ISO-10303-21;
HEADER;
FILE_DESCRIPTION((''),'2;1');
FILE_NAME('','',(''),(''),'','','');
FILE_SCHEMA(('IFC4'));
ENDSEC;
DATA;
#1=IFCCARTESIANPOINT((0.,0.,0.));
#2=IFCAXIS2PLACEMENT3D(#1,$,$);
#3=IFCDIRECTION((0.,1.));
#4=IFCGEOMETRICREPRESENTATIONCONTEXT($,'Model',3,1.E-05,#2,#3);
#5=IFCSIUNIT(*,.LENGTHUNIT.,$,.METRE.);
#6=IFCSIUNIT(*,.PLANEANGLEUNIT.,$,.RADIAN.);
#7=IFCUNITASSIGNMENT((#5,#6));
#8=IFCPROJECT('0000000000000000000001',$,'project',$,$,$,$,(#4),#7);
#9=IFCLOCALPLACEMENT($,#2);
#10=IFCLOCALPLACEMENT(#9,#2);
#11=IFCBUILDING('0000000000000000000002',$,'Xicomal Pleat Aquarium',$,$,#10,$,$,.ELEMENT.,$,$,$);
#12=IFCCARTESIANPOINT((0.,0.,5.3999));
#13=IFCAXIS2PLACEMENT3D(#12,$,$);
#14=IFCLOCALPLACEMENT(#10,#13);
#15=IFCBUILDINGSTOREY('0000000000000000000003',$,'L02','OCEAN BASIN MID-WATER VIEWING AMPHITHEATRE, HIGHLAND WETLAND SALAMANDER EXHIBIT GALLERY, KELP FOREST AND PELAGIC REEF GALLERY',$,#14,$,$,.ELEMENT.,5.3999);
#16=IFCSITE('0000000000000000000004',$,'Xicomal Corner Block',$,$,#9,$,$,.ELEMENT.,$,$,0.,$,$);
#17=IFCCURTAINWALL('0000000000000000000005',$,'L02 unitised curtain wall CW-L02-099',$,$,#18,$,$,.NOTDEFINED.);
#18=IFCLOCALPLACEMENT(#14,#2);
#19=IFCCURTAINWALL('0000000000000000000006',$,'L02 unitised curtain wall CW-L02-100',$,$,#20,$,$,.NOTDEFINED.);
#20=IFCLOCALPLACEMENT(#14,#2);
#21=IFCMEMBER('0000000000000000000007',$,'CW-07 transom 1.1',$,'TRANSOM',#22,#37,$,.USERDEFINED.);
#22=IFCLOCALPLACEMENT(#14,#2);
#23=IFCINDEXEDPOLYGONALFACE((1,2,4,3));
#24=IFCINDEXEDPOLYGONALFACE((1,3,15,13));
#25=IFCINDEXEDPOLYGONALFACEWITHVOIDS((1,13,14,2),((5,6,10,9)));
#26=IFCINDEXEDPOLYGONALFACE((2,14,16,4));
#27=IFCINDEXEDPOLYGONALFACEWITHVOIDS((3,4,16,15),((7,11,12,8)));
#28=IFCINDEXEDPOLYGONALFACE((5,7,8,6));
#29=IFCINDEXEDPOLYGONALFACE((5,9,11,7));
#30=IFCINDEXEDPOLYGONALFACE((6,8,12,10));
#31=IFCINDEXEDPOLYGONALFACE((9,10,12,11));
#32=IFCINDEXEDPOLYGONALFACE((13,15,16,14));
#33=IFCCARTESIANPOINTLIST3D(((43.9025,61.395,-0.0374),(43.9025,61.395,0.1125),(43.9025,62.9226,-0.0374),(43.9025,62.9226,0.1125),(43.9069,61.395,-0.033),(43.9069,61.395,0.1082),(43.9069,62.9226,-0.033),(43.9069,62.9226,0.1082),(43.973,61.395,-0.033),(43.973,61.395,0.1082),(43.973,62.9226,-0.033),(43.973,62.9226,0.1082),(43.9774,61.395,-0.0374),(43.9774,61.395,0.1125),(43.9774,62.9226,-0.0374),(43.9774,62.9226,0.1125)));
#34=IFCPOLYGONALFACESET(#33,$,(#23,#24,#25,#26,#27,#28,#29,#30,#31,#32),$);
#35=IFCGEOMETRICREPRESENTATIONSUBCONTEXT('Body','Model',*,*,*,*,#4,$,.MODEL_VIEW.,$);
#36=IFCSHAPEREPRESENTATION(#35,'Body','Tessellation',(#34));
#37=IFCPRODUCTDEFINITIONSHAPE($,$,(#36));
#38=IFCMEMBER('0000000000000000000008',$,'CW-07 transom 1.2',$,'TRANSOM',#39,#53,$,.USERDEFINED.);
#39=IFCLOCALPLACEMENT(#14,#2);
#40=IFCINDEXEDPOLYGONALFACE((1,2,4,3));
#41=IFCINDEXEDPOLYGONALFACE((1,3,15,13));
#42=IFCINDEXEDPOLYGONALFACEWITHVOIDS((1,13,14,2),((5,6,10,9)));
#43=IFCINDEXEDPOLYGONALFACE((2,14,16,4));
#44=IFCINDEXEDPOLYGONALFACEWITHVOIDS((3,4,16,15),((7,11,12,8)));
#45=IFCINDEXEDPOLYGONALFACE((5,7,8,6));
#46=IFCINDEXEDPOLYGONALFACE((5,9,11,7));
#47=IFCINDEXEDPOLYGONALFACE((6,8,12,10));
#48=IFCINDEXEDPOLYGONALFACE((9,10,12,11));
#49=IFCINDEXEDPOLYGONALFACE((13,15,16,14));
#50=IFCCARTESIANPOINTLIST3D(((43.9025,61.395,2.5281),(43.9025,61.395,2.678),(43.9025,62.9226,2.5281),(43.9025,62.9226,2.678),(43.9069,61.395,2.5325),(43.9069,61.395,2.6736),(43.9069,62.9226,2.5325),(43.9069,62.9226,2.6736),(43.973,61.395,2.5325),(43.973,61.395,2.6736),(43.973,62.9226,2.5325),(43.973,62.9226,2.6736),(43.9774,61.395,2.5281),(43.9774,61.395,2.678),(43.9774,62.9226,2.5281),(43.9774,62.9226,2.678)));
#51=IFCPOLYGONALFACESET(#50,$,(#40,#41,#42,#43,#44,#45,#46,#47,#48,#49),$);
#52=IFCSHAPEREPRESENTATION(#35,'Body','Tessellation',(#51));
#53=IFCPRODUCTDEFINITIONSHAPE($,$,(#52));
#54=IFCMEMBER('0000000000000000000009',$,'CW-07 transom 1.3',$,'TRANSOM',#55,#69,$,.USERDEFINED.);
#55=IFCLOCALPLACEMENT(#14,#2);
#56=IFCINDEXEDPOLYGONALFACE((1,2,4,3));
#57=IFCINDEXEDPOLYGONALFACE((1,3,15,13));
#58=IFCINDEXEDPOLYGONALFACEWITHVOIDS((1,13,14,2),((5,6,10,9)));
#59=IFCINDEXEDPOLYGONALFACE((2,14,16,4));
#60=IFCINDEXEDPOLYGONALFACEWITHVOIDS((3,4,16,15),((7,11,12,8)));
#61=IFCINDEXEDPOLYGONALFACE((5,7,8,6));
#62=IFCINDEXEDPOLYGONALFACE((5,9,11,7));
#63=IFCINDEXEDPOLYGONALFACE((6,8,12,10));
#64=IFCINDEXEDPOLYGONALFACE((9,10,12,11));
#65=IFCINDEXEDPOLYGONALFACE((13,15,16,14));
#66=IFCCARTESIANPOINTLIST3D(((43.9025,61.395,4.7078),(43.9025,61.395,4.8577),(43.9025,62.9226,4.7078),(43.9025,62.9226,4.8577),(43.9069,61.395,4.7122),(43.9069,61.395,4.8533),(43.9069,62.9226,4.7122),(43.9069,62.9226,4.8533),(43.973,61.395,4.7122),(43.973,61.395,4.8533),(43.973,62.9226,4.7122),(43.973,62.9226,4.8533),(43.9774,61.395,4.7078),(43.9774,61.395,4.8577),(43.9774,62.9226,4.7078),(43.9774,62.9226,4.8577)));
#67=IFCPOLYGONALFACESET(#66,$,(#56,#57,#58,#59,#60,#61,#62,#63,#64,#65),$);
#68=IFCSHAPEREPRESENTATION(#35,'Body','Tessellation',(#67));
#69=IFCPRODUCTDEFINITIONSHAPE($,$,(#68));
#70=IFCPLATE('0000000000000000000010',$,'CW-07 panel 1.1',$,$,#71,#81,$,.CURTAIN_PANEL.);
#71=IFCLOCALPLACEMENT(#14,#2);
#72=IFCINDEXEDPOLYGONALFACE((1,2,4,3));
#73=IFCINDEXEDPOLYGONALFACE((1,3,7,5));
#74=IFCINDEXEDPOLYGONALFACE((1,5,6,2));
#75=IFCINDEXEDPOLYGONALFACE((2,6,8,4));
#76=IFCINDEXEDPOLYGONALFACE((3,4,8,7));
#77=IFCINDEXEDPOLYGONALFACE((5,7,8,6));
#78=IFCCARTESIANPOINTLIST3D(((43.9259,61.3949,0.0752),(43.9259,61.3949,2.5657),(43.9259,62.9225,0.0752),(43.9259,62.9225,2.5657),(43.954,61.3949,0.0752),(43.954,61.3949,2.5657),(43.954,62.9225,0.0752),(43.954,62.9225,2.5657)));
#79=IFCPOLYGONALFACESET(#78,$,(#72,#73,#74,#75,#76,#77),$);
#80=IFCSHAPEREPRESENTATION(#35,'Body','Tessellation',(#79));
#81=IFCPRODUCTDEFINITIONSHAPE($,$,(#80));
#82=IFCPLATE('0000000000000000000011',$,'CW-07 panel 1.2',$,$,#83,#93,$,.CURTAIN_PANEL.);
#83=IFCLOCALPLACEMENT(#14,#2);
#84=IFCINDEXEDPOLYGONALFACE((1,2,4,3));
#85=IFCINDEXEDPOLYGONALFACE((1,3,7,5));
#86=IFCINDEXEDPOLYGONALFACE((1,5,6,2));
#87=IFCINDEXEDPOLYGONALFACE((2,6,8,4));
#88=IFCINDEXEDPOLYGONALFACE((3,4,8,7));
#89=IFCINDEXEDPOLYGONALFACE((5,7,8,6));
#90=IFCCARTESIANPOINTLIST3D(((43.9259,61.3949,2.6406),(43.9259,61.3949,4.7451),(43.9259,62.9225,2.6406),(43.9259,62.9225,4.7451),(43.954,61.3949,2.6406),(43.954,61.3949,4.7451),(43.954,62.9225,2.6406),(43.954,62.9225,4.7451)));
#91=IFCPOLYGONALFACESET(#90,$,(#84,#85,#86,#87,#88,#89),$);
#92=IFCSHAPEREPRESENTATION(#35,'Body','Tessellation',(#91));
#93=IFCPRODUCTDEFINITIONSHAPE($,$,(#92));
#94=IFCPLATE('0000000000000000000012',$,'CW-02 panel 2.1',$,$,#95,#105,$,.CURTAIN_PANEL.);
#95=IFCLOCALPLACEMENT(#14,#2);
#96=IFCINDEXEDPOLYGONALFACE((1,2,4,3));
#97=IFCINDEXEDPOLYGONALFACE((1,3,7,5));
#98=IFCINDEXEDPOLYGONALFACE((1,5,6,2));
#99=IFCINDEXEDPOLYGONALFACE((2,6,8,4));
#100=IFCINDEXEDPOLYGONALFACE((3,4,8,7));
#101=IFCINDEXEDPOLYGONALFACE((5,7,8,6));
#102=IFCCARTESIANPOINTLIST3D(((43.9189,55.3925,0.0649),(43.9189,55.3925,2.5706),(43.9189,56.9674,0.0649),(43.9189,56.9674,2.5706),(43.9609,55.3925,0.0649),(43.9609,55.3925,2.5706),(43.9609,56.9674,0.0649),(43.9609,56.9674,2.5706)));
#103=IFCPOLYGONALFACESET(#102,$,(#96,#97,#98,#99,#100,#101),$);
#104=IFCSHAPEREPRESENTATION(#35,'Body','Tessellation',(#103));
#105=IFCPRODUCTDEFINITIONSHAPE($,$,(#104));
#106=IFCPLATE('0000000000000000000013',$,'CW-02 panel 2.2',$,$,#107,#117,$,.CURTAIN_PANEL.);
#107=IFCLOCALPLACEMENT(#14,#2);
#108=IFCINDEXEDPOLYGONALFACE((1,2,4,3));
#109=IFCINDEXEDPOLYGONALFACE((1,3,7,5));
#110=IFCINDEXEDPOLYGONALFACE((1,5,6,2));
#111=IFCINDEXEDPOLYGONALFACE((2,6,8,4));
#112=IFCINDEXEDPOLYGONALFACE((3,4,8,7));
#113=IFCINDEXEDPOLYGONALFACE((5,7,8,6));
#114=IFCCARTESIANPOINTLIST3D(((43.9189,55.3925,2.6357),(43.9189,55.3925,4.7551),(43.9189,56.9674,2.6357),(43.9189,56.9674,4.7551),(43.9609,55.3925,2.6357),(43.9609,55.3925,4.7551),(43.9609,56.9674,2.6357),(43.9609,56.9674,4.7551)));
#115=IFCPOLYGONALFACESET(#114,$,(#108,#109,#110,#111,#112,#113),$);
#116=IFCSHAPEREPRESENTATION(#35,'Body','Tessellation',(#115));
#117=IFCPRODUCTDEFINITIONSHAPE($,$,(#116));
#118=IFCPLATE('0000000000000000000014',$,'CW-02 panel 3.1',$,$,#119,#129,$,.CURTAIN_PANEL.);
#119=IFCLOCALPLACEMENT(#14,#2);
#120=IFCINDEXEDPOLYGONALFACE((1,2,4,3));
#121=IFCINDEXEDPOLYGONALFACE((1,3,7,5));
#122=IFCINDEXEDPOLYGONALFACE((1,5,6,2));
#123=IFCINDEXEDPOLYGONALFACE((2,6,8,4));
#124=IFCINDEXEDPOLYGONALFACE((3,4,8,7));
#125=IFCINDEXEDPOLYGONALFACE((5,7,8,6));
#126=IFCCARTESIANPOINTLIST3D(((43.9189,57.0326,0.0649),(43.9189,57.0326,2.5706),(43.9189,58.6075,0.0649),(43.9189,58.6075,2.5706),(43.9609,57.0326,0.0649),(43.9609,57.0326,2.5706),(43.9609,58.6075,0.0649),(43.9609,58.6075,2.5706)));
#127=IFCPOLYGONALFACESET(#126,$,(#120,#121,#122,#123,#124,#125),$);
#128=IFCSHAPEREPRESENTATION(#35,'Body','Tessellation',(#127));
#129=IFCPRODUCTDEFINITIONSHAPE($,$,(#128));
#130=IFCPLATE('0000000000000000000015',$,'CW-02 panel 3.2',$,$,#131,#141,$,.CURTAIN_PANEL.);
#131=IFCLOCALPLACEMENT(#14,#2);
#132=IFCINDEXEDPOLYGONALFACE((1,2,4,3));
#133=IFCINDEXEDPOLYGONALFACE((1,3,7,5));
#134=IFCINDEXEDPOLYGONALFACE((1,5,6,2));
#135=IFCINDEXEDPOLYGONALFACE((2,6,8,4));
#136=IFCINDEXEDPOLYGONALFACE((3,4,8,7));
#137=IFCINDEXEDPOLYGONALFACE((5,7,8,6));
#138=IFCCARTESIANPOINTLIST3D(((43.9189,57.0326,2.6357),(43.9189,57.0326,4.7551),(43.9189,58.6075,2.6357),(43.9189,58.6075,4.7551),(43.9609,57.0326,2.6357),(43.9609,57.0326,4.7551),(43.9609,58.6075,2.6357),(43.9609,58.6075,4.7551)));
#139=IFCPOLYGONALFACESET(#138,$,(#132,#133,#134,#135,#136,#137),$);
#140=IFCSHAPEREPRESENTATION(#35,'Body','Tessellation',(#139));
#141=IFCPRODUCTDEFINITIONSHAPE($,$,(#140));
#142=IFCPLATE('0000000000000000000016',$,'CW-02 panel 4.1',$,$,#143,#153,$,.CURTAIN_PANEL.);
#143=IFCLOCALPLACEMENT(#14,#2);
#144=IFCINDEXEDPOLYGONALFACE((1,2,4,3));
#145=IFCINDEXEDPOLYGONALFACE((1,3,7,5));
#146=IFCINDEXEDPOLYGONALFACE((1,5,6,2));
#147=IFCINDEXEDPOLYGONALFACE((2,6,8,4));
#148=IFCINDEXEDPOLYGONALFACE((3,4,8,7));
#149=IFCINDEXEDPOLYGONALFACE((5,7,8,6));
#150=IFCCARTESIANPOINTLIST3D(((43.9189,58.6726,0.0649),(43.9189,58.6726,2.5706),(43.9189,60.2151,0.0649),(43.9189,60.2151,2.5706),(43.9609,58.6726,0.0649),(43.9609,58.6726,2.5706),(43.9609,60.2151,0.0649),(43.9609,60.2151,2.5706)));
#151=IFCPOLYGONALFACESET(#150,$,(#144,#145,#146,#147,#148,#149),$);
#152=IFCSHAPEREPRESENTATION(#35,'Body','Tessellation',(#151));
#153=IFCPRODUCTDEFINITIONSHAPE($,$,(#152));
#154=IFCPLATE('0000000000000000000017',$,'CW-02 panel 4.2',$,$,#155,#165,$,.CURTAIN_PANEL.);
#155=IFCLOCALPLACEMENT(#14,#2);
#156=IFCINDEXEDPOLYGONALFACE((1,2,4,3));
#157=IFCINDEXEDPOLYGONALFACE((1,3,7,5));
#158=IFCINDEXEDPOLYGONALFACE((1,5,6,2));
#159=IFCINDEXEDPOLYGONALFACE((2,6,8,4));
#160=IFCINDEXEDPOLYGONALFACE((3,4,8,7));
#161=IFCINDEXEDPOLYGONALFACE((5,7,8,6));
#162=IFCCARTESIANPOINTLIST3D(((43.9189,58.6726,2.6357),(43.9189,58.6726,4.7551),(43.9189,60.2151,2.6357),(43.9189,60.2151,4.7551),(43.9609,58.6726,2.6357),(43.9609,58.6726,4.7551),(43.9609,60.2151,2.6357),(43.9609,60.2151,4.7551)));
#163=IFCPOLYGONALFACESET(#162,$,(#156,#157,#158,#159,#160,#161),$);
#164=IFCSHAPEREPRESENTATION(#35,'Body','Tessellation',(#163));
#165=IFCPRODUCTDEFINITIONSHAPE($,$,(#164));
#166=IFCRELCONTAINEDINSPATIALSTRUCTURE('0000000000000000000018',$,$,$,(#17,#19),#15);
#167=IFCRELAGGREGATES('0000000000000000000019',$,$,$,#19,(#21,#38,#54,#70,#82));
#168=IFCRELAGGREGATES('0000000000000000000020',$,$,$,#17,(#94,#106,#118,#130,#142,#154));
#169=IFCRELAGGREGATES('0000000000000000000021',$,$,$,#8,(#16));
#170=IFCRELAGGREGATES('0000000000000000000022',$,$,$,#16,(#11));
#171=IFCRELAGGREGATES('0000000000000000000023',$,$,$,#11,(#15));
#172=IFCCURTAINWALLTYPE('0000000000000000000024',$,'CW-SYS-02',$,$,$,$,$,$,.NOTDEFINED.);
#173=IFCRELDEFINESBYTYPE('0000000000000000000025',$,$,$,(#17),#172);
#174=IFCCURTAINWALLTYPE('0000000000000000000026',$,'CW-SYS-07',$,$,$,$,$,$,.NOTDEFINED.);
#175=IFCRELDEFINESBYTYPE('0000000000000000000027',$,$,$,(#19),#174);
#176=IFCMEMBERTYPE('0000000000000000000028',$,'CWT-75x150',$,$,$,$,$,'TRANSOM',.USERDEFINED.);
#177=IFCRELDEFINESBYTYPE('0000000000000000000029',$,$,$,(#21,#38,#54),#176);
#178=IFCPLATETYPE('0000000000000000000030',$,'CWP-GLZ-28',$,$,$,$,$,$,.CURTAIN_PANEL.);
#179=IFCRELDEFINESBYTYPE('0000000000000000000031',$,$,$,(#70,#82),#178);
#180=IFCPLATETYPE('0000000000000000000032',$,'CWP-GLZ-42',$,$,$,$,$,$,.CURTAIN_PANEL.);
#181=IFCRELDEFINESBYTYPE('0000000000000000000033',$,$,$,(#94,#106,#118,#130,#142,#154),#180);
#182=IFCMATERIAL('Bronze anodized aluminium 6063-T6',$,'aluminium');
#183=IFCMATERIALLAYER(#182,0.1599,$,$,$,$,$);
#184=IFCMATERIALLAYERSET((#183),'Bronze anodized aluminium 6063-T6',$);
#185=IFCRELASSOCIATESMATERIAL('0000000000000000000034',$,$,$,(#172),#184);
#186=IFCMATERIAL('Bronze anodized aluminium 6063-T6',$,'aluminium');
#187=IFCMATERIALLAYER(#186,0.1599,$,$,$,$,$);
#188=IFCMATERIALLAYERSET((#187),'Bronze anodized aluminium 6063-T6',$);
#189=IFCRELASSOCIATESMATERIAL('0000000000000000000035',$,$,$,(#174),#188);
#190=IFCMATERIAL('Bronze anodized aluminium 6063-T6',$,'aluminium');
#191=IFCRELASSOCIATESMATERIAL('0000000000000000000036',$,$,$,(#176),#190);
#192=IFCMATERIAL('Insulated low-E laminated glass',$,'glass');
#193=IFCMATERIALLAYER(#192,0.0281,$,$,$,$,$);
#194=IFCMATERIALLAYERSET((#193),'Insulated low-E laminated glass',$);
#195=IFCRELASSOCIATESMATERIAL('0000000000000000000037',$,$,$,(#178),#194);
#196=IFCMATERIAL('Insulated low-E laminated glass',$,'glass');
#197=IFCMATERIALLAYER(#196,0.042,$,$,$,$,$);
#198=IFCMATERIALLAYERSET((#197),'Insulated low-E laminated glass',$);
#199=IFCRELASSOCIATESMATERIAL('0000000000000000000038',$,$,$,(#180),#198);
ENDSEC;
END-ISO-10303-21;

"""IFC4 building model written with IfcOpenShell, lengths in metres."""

from ifc_helpers import new_model, si_unit, direction, frame, origin, origin_2d, place, context, subcontext, project, spatial, rectangle, hollow_rectangle, extrude, material, layer, layer_set, material_profile, profile_set, type_object, element, aggregate, save


model = new_model("IFC4")

# Units and contexts
model_context = context("Model", 3, precision=1e-05, world=origin(), true_north=direction((0.0, 1.0)))
body_context = subcontext(model_context, "Body", "Model", "MODEL_VIEW")
ifc_project = project(units=[si_unit("LENGTHUNIT", "METRE"), si_unit("PLANEANGLEUNIT", "RADIAN")], contexts=[model_context])

# Site, building, storey
site_placement = place(None, origin())
site = spatial("IfcSite", under=ifc_project, at=site_placement, Name="Xicomal Corner Block", CompositionType="ELEMENT", RefElevation=0.0)
building_placement = place(site_placement, origin())
building = spatial("IfcBuilding", under=site, at=building_placement, Name="Xicomal Pleat Aquarium", CompositionType="ELEMENT")
storey_placement = place(building_placement, frame((0.0, 0.0, 5.3999)))
storey = spatial("IfcBuildingStorey", under=building, at=storey_placement, Name="L02", Description="OCEAN BASIN MID-WATER VIEWING AMPHITHEATRE, HIGHLAND WETLAND SALAMANDER EXHIBIT GALLERY, KELP FOREST AND PELAGIC REEF GALLERY", CompositionType="ELEMENT", Elevation=5.3999)

# Curtain wall
ifc_material_1 = material(Name="Bronze anodized aluminium 6063-T6", Category="aluminium")
ifc_layer_1 = layer(ifc_material_1, 0.1599)
ifc_layer_set_1 = layer_set([ifc_layer_1], Name="Bronze anodized aluminium 6063-T6")
curtain_wall_type_1 = type_object("IfcCurtainWallType", Name="CW-SYS-02", PredefinedType="NOTDEFINED", material=ifc_layer_set_1)
curtain_wall_1_placement = place(storey_placement, origin())
curtain_wall_1 = element("IfcCurtainWall", 1, at=curtain_wall_1_placement, inside=storey, type_object=curtain_wall_type_1, Name="L02 unitised curtain wall CW-L02-099", PredefinedType="NOTDEFINED")

# Curtain wall
ifc_material_2 = material(Name="Bronze anodized aluminium 6063-T6", Category="aluminium")
ifc_layer_2 = layer(ifc_material_2, 0.1599)
ifc_layer_set_2 = layer_set([ifc_layer_2], Name="Bronze anodized aluminium 6063-T6")
curtain_wall_type_2 = type_object("IfcCurtainWallType", Name="CW-SYS-07", PredefinedType="NOTDEFINED", material=ifc_layer_set_2)
curtain_wall_2_placement = place(storey_placement, origin())
curtain_wall_2 = element("IfcCurtainWall", 2, at=curtain_wall_2_placement, inside=storey, type_object=curtain_wall_type_2, Name="L02 unitised curtain wall CW-L02-100", PredefinedType="NOTDEFINED")

# Members
ifc_material_3 = material(Name="Bronze anodized aluminium 6063-T6", Category="aluminium")
ifc_material_profile_1 = material_profile(ifc_material_3, hollow_rectangle(XDim=0.075, YDim=0.1499, WallThickness=0.0044, at=origin_2d()), Name="ALU TRAN 75x150")
ifc_profile_set_1 = profile_set([ifc_material_profile_1], Name="Bronze anodized aluminium 6063-T6")
member_type_1 = type_object("IfcMemberType", Name="CWT-75x150", ElementType="TRANSOM", PredefinedType="USERDEFINED", material=ifc_profile_set_1)
member_1_placement = place(storey_placement, frame((43.9399, 61.395, 0.0376), z_axis=(0.0, 1.0, 0.0), x_axis=(-1.0, 0.0, 0.0)))
member_1 = element("IfcMember", 3, at=member_1_placement, type_object=member_type_1, Name="CW-07 transom 1.1", ObjectType="TRANSOM", PredefinedType="USERDEFINED", context=body_context, shape_type="SweptSolid", body=[
    extrude(hollow_rectangle(XDim=0.075, YDim=0.1499, WallThickness=0.0044, at=origin_2d()), origin(), (0.0, 0.0, 1.0), 1.5276),
])
member_2_placement = place(storey_placement, frame((43.9399, 61.395, 2.603), z_axis=(0.0, 1.0, 0.0), x_axis=(-1.0, 0.0, 0.0)))
member_2 = element("IfcMember", 4, at=member_2_placement, type_object=member_type_1, Name="CW-07 transom 1.2", ObjectType="TRANSOM", PredefinedType="USERDEFINED", context=body_context, shape_type="SweptSolid", body=[
    extrude(hollow_rectangle(XDim=0.075, YDim=0.1499, WallThickness=0.0044, at=origin_2d()), origin(), (0.0, 0.0, 1.0), 1.5276),
])
member_3_placement = place(storey_placement, frame((43.9399, 61.395, 4.7827), z_axis=(0.0, 1.0, 0.0), x_axis=(-1.0, 0.0, 0.0)))
member_3 = element("IfcMember", 5, at=member_3_placement, type_object=member_type_1, Name="CW-07 transom 1.3", ObjectType="TRANSOM", PredefinedType="USERDEFINED", context=body_context, shape_type="SweptSolid", body=[
    extrude(hollow_rectangle(XDim=0.075, YDim=0.1499, WallThickness=0.0044, at=origin_2d()), origin(), (0.0, 0.0, 1.0), 1.5276),
])

# Plates
ifc_material_4 = material(Name="Insulated low-E laminated glass", Category="glass")
ifc_layer_3 = layer(ifc_material_4, 0.0281)
ifc_layer_set_3 = layer_set([ifc_layer_3], Name="Insulated low-E laminated glass")
plate_type_1 = type_object("IfcPlateType", Name="CWP-GLZ-28", PredefinedType="CURTAIN_PANEL", material=ifc_layer_set_3)
plate_1_placement = place(storey_placement, frame((43.9399, 62.1587, 0.0752), z_axis=(0.0, 0.0, 1.0), x_axis=(0.0, 1.0, 0.0)))
plate_1 = element("IfcPlate", 6, at=plate_1_placement, type_object=plate_type_1, Name="CW-07 panel 1.1", PredefinedType="CURTAIN_PANEL", context=body_context, shape_type="SweptSolid", body=[
    extrude(rectangle(XDim=1.5276, YDim=0.0281, at=origin_2d()), origin(), (0.0, 0.0, 1.0), 2.4905),
])
plate_2_placement = place(storey_placement, frame((43.9399, 62.1587, 2.6406), z_axis=(0.0, 0.0, 1.0), x_axis=(0.0, 1.0, 0.0)))
plate_2 = element("IfcPlate", 7, at=plate_2_placement, type_object=plate_type_1, Name="CW-07 panel 1.2", PredefinedType="CURTAIN_PANEL", context=body_context, shape_type="SweptSolid", body=[
    extrude(rectangle(XDim=1.5276, YDim=0.0281, at=origin_2d()), origin(), (0.0, 0.0, 1.0), 2.1045),
])
aggregate(curtain_wall_2, [member_1, member_2, member_3, plate_1, plate_2])
ifc_material_5 = material(Name="Insulated low-E laminated glass", Category="glass")
ifc_layer_4 = layer(ifc_material_5, 0.042)
ifc_layer_set_4 = layer_set([ifc_layer_4], Name="Insulated low-E laminated glass")
plate_type_2 = type_object("IfcPlateType", Name="CWP-GLZ-42", PredefinedType="CURTAIN_PANEL", material=ifc_layer_set_4)
plate_3_placement = place(storey_placement, frame((43.9399, 56.1799, 0.0649), z_axis=(0.0, 0.0, 1.0), x_axis=(0.0, 1.0, 0.0)))
plate_3 = element("IfcPlate", 8, at=plate_3_placement, type_object=plate_type_2, Name="CW-02 panel 2.1", PredefinedType="CURTAIN_PANEL", context=body_context, shape_type="SweptSolid", body=[
    extrude(rectangle(XDim=1.575, YDim=0.042, at=origin_2d()), origin(), (0.0, 0.0, 1.0), 2.5056),
])
plate_4_placement = place(storey_placement, frame((43.9399, 56.1799, 2.6357), z_axis=(0.0, 0.0, 1.0), x_axis=(0.0, 1.0, 0.0)))
plate_4 = element("IfcPlate", 9, at=plate_4_placement, type_object=plate_type_2, Name="CW-02 panel 2.2", PredefinedType="CURTAIN_PANEL", context=body_context, shape_type="SweptSolid", body=[
    extrude(rectangle(XDim=1.575, YDim=0.042, at=origin_2d()), origin(), (0.0, 0.0, 1.0), 2.1194),
])
plate_5_placement = place(storey_placement, frame((43.9399, 57.8201, 0.0649), z_axis=(0.0, 0.0, 1.0), x_axis=(0.0, 1.0, 0.0)))
plate_5 = element("IfcPlate", 10, at=plate_5_placement, type_object=plate_type_2, Name="CW-02 panel 3.1", PredefinedType="CURTAIN_PANEL", context=body_context, shape_type="SweptSolid", body=[
    extrude(rectangle(XDim=1.575, YDim=0.042, at=origin_2d()), origin(), (0.0, 0.0, 1.0), 2.5056),
])
plate_6_placement = place(storey_placement, frame((43.9399, 57.8201, 2.6357), z_axis=(0.0, 0.0, 1.0), x_axis=(0.0, 1.0, 0.0)))
plate_6 = element("IfcPlate", 11, at=plate_6_placement, type_object=plate_type_2, Name="CW-02 panel 3.2", PredefinedType="CURTAIN_PANEL", context=body_context, shape_type="SweptSolid", body=[
    extrude(rectangle(XDim=1.575, YDim=0.042, at=origin_2d()), origin(), (0.0, 0.0, 1.0), 2.1194),
])
plate_7_placement = place(storey_placement, frame((43.9399, 59.4438, 0.0649), z_axis=(0.0, 0.0, 1.0), x_axis=(0.0, 1.0, 0.0)))
plate_7 = element("IfcPlate", 12, at=plate_7_placement, type_object=plate_type_2, Name="CW-02 panel 4.1", PredefinedType="CURTAIN_PANEL", context=body_context, shape_type="SweptSolid", body=[
    extrude(rectangle(XDim=1.5425, YDim=0.042, at=origin_2d()), origin(), (0.0, 0.0, 1.0), 2.5056),
])
plate_8_placement = place(storey_placement, frame((43.9399, 59.4438, 2.6357), z_axis=(0.0, 0.0, 1.0), x_axis=(0.0, 1.0, 0.0)))
plate_8 = element("IfcPlate", 13, at=plate_8_placement, type_object=plate_type_2, Name="CW-02 panel 4.2", PredefinedType="CURTAIN_PANEL", context=body_context, shape_type="SweptSolid", body=[
    extrude(rectangle(XDim=1.5425, YDim=0.042, at=origin_2d()), origin(), (0.0, 0.0, 1.0), 2.1194),
])
aggregate(curtain_wall_1, [plate_3, plate_4, plate_5, plate_6, plate_7, plate_8])

save(model, "model.ifc")
